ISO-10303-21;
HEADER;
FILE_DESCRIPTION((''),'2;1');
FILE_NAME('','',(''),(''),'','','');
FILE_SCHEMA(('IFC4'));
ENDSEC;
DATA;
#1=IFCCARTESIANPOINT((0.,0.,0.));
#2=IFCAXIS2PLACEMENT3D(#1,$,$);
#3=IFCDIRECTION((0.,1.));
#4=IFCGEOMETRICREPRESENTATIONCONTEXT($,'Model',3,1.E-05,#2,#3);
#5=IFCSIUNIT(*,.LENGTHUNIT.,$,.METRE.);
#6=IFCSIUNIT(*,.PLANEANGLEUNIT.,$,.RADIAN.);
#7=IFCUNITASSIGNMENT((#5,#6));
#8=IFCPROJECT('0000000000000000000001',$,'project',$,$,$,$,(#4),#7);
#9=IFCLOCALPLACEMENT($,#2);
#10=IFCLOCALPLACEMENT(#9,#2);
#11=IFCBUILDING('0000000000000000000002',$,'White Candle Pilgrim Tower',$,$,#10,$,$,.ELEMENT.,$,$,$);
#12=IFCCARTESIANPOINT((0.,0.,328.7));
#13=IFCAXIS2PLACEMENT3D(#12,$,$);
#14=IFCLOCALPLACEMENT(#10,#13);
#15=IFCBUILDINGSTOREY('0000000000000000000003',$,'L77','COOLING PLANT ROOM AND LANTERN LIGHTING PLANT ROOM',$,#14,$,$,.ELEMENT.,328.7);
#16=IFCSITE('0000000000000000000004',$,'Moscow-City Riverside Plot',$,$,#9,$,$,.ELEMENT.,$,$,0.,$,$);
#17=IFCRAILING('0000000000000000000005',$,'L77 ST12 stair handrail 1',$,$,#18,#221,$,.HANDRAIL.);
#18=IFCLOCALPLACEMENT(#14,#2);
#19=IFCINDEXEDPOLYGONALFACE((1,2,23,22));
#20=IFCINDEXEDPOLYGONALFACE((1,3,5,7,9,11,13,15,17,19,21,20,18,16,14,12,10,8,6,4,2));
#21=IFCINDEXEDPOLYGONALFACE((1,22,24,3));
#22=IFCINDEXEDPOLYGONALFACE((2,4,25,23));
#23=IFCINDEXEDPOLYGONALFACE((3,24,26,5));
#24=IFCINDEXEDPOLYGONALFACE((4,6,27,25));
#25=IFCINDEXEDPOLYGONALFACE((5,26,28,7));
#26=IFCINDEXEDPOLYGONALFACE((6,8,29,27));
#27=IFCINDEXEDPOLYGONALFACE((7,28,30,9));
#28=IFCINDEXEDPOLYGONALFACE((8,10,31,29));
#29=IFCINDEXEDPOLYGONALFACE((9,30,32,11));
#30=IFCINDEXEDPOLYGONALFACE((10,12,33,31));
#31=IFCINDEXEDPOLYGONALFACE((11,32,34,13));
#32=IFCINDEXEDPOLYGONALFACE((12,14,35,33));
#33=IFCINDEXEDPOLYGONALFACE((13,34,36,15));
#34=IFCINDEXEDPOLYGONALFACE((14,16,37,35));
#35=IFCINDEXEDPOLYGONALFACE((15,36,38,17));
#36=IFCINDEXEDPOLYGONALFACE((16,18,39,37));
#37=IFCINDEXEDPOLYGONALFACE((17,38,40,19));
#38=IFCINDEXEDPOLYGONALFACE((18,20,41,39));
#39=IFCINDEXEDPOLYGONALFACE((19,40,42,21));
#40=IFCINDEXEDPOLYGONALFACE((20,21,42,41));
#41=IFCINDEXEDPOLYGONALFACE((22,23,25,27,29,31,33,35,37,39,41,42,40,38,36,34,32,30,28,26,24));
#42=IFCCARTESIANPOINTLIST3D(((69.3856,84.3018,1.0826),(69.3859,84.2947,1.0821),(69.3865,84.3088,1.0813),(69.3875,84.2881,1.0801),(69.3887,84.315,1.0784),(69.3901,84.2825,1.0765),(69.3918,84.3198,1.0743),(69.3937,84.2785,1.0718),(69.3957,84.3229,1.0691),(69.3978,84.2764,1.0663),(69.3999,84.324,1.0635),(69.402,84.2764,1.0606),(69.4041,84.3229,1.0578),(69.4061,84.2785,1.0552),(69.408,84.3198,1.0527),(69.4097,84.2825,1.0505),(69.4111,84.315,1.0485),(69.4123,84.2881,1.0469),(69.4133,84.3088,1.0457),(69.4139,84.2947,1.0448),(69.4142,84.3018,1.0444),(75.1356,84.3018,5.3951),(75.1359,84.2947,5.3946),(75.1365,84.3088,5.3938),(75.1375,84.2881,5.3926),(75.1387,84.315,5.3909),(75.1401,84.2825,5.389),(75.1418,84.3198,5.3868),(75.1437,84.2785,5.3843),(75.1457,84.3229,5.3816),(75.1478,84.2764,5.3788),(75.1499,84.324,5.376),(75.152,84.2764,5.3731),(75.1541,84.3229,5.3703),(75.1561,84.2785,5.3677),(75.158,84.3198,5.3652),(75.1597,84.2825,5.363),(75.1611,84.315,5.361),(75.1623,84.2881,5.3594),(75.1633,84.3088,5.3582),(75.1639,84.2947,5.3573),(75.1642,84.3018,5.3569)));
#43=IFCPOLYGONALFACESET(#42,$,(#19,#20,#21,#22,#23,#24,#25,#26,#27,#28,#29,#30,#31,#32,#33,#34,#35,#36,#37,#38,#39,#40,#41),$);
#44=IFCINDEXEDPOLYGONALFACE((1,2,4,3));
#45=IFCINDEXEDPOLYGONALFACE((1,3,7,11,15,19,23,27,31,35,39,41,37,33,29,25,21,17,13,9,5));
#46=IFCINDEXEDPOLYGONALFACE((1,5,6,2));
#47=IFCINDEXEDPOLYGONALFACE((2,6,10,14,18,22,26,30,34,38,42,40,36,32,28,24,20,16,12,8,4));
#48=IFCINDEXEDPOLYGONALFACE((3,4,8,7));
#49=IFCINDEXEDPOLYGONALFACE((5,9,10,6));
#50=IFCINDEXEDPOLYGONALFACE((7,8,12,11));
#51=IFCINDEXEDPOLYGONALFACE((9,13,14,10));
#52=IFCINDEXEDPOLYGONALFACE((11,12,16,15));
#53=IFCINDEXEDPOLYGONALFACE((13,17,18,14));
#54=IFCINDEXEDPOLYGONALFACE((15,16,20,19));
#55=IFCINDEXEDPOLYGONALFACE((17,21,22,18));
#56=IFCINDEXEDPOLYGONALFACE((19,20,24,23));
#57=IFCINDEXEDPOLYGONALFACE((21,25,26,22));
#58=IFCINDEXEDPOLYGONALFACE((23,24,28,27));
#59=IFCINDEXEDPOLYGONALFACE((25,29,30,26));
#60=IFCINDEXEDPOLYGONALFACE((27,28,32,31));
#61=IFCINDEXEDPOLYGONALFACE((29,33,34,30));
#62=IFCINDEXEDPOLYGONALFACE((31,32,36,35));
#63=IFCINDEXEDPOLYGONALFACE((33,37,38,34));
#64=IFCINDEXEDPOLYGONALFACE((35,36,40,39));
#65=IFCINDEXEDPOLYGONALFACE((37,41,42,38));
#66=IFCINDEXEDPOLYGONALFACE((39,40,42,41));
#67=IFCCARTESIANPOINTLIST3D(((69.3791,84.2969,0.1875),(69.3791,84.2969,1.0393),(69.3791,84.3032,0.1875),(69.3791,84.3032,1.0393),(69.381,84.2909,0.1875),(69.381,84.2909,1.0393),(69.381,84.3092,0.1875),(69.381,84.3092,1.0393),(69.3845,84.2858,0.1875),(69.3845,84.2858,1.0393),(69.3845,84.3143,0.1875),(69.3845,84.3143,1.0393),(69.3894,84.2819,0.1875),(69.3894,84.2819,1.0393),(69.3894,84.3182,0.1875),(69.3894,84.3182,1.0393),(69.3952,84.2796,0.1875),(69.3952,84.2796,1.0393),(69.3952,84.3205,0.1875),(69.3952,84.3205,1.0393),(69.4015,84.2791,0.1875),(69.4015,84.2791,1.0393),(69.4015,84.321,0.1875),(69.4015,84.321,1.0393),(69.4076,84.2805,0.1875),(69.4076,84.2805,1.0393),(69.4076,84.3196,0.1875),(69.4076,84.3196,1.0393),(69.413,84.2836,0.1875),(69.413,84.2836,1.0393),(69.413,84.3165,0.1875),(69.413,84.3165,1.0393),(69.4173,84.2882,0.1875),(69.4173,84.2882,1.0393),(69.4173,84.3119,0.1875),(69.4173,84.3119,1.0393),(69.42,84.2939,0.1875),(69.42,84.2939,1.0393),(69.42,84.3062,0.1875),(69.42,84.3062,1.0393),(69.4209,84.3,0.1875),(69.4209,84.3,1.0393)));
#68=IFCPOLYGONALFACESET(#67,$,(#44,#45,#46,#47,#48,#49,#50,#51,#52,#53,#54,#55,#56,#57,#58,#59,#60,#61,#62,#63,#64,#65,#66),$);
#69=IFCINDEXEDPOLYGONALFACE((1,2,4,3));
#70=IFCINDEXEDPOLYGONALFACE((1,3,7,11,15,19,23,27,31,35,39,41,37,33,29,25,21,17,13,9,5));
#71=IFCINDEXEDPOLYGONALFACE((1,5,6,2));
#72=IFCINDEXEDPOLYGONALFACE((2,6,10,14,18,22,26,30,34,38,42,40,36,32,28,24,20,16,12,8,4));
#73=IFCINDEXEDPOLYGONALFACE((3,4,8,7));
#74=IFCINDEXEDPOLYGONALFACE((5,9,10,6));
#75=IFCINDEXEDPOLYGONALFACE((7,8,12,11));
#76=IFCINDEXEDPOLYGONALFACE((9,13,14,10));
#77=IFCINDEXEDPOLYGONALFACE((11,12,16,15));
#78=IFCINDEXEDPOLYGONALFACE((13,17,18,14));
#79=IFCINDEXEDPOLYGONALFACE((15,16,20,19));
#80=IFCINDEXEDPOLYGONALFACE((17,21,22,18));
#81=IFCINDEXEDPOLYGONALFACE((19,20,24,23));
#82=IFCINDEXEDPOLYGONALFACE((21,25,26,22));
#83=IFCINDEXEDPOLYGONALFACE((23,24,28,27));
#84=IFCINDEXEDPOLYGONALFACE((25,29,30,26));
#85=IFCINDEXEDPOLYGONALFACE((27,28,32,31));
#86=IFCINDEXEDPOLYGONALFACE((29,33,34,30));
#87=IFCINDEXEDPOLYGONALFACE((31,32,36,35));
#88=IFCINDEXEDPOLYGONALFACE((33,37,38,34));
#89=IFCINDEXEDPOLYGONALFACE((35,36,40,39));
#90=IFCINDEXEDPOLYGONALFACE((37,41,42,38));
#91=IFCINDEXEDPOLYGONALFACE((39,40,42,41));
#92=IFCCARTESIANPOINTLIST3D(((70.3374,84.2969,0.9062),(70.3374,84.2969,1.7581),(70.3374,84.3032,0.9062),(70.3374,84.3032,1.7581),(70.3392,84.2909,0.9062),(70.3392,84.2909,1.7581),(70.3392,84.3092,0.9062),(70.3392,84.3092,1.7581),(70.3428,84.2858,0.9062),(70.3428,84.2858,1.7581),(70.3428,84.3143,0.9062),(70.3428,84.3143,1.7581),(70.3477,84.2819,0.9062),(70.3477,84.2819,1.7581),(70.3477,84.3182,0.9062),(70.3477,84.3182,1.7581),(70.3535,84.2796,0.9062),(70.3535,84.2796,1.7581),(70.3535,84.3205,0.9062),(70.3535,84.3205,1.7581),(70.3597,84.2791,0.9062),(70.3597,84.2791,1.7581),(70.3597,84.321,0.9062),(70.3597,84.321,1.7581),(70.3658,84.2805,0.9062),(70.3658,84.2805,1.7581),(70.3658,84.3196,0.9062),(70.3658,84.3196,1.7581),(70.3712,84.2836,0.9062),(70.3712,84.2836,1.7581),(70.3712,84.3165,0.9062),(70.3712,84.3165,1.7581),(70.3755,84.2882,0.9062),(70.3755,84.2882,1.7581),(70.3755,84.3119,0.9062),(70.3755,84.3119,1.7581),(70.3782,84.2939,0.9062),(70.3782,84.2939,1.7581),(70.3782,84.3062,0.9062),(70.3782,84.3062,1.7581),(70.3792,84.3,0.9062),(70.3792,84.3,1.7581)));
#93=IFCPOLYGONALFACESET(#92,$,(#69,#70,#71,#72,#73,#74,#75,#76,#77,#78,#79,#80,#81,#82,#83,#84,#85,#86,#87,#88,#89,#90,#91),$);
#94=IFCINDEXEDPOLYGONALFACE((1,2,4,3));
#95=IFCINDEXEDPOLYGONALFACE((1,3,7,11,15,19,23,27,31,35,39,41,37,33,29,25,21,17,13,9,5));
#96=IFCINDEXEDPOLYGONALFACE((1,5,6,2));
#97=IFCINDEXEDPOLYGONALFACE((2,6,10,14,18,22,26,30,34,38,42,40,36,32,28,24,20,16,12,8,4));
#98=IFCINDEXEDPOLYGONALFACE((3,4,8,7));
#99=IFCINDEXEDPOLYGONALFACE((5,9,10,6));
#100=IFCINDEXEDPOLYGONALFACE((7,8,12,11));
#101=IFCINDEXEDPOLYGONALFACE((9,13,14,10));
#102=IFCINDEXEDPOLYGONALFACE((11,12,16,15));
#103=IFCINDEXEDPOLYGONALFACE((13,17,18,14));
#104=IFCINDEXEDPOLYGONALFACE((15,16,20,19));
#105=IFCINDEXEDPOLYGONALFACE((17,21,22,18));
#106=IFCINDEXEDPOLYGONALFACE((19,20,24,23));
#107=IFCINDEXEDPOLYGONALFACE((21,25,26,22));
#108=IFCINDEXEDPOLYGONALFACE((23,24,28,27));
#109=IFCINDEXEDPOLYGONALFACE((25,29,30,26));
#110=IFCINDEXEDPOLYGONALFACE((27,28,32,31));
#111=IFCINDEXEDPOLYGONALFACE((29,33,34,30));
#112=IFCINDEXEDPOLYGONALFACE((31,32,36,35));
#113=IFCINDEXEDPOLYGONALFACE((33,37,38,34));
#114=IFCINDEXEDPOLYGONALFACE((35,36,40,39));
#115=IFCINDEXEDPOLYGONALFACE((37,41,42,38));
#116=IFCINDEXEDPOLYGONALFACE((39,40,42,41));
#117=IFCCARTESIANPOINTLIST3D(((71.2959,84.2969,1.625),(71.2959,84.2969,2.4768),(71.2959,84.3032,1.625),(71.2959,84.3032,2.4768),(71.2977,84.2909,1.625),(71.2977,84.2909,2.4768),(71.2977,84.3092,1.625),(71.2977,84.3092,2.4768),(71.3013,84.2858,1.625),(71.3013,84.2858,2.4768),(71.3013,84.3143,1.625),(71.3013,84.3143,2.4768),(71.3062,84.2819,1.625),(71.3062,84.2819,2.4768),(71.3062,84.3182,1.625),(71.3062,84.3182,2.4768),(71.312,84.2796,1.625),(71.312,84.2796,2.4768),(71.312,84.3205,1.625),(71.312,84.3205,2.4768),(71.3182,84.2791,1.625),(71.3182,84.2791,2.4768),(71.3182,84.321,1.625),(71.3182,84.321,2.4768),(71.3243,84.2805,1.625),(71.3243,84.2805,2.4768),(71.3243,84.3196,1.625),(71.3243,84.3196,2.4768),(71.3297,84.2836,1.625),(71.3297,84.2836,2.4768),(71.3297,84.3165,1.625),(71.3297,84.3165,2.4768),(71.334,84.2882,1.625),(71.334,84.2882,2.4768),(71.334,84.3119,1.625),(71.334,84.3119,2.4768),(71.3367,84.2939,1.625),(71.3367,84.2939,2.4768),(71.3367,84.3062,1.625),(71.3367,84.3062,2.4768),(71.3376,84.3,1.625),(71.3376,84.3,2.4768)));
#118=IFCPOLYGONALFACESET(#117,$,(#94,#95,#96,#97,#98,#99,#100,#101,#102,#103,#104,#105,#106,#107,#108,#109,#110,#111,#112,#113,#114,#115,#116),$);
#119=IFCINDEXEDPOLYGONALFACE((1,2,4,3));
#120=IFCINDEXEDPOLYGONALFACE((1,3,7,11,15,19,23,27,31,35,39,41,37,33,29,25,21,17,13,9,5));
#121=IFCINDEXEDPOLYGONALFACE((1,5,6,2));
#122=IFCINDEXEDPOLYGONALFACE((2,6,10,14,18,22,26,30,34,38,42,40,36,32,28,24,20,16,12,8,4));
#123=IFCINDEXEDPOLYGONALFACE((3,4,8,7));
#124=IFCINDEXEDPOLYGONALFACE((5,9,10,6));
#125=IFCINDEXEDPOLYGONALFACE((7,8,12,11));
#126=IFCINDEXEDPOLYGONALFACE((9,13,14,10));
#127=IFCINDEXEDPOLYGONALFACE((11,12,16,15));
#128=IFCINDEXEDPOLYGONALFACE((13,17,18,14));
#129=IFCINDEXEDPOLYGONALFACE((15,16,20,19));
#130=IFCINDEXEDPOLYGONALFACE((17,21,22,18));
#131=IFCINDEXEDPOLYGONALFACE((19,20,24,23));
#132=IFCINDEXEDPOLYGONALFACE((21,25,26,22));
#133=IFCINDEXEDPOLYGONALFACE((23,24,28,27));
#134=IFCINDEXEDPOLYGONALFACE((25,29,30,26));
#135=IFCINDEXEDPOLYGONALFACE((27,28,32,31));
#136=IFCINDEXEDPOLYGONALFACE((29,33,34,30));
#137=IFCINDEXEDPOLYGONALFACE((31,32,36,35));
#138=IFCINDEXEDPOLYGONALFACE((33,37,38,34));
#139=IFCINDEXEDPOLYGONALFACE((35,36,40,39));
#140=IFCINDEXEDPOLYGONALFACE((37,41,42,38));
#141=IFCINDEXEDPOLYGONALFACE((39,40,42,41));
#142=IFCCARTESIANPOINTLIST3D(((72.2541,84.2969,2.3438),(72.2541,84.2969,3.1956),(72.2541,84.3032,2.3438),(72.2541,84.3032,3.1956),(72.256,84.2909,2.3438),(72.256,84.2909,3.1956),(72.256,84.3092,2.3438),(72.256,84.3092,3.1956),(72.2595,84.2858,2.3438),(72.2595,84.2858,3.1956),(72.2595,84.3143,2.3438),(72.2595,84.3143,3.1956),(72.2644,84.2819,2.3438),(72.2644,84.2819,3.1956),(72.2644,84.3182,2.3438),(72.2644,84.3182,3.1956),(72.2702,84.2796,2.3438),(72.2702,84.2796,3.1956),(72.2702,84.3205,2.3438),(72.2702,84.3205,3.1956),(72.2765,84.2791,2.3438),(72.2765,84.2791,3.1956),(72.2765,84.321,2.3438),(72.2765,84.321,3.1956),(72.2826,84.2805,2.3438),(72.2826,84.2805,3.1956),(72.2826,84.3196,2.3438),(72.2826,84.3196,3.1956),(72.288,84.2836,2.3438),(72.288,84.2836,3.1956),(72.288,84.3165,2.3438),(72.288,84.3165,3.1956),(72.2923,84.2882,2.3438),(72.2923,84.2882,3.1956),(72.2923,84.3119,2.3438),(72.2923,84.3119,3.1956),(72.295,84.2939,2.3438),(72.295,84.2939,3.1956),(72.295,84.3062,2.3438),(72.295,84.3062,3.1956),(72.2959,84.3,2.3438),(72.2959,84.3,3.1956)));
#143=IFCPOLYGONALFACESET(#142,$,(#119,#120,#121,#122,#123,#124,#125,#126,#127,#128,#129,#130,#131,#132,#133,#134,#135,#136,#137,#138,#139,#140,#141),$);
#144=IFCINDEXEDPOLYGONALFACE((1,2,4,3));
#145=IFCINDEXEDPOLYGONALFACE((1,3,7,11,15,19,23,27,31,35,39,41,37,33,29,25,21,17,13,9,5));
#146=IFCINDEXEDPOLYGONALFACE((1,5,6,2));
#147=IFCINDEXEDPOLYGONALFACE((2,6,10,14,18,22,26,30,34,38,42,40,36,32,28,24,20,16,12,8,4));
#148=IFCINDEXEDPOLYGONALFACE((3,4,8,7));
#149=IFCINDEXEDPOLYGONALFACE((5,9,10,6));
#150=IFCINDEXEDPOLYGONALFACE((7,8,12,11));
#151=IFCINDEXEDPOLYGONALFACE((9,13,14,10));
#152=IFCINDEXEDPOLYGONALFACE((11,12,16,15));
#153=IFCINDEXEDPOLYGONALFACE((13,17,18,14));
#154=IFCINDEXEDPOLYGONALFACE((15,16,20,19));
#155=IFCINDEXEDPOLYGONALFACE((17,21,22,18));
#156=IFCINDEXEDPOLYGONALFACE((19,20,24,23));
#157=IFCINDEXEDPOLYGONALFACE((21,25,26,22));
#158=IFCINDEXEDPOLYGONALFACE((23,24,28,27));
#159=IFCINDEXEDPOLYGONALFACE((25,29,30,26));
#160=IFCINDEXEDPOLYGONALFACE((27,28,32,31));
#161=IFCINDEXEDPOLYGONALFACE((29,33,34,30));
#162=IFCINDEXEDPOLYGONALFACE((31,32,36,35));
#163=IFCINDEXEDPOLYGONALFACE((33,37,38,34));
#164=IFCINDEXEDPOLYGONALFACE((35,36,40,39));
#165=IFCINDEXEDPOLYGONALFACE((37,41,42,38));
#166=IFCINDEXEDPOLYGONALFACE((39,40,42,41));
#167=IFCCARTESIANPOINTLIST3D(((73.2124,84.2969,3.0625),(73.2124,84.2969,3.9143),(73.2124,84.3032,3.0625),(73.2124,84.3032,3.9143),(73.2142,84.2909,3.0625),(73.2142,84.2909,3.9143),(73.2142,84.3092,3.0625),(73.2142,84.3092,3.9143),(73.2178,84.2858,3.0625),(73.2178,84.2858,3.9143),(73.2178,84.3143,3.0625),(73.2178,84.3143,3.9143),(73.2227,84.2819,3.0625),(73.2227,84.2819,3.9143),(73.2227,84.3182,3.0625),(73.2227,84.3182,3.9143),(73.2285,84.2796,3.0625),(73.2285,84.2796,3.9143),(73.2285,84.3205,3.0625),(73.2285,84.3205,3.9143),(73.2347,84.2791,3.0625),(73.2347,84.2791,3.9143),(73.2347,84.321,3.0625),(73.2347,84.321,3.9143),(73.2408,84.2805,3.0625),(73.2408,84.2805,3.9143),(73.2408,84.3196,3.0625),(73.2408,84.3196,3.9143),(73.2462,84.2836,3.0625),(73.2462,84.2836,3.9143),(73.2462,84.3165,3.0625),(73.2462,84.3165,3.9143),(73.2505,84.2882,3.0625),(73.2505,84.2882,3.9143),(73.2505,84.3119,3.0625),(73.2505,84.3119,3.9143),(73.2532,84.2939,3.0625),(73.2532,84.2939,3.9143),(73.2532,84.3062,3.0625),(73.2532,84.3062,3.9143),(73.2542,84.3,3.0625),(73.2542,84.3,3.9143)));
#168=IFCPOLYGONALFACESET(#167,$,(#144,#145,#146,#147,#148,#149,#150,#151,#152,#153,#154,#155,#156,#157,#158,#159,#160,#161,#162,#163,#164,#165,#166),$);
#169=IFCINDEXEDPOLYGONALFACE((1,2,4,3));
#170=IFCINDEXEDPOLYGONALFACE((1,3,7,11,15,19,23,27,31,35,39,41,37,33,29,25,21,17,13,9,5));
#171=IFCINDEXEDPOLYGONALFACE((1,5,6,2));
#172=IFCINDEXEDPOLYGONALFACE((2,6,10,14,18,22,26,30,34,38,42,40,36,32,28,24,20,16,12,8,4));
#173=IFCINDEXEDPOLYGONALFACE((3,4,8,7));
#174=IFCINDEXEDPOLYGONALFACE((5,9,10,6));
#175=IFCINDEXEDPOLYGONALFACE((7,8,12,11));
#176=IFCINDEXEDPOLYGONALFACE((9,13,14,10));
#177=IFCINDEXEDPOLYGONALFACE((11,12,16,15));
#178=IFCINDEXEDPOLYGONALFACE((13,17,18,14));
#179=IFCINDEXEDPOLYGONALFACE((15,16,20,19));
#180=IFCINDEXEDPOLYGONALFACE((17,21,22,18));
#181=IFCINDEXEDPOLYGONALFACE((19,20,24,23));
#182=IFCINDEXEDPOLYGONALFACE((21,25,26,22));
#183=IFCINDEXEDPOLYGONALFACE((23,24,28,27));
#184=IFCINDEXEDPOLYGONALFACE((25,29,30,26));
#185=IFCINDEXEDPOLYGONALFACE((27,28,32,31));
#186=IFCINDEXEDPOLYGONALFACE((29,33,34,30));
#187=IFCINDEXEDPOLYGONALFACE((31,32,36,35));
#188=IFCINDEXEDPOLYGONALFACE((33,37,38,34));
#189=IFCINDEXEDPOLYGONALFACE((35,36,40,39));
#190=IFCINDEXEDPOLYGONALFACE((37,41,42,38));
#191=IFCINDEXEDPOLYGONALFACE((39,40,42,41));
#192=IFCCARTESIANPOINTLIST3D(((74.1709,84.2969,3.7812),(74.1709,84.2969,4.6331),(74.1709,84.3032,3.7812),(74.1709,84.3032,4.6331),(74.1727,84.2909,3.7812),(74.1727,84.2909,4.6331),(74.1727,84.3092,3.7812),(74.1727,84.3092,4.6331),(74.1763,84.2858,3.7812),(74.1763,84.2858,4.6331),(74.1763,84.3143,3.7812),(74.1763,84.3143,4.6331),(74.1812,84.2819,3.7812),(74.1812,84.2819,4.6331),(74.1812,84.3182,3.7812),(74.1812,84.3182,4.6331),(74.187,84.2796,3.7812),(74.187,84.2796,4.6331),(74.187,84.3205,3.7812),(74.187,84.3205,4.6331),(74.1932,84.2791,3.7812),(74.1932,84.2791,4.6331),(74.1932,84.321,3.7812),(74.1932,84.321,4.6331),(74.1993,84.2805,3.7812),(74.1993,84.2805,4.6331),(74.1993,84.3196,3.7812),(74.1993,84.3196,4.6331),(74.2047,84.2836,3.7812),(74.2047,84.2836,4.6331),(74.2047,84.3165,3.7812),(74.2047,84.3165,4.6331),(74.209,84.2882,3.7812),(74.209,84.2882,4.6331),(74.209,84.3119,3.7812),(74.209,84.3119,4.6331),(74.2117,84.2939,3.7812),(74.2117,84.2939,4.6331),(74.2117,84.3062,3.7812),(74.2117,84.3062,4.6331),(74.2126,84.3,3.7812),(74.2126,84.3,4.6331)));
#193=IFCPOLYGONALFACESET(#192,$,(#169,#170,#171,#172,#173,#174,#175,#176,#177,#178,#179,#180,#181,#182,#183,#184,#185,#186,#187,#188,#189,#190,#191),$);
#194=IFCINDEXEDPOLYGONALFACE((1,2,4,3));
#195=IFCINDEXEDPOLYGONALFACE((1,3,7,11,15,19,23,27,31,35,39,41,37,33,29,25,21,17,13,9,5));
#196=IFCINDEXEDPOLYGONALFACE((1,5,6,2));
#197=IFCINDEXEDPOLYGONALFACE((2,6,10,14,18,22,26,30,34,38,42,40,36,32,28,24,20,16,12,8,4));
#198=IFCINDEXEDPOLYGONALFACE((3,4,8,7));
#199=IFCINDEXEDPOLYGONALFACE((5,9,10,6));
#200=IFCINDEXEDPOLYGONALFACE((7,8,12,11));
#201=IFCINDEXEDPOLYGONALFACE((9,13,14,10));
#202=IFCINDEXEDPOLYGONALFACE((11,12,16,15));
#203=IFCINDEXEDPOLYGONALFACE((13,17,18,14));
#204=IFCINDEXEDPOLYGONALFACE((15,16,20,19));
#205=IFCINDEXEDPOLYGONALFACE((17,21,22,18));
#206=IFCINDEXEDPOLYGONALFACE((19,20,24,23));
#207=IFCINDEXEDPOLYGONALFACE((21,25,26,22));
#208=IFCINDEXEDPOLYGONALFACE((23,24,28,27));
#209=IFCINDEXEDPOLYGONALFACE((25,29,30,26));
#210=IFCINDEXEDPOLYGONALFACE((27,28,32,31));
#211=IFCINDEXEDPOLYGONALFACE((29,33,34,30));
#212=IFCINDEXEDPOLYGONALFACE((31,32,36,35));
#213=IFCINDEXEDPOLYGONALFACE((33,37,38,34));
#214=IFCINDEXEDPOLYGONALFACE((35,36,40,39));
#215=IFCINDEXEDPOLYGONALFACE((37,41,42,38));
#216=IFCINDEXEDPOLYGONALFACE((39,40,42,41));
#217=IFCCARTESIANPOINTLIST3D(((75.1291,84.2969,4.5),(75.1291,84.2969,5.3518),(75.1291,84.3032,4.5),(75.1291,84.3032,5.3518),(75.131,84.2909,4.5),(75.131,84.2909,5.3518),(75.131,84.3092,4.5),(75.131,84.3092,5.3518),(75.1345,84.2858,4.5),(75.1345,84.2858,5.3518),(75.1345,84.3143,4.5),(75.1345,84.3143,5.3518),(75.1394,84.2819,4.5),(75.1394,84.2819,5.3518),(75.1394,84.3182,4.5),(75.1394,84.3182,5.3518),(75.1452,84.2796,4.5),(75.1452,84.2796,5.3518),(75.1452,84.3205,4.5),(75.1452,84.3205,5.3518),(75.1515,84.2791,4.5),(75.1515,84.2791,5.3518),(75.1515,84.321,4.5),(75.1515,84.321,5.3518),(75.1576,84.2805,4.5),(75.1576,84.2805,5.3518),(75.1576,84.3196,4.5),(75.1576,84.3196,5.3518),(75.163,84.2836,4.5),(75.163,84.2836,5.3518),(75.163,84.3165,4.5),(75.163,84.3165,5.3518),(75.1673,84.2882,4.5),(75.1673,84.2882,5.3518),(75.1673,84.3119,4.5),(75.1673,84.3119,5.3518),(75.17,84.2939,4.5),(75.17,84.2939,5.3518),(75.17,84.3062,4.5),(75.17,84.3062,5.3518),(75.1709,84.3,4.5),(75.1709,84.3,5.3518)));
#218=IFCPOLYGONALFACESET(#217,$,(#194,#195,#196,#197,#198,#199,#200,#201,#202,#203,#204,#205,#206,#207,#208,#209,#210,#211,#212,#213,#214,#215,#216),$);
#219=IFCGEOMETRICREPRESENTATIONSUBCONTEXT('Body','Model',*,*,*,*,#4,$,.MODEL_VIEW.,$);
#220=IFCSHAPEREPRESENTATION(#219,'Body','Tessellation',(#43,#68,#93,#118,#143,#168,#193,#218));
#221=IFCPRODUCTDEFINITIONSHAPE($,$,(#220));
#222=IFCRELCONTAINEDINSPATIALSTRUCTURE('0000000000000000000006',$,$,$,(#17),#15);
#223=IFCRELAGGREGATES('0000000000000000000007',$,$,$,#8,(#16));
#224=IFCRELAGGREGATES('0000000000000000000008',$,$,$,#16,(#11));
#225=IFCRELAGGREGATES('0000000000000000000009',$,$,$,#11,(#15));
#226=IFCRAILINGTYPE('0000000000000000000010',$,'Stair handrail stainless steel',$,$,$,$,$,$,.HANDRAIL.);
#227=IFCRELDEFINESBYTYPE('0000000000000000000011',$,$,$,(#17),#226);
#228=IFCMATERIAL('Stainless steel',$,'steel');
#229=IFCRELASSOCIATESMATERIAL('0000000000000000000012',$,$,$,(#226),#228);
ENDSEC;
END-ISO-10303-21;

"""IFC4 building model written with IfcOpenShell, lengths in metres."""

from ifc_helpers import new_model, si_unit, direction, frame, origin, origin_2d, place, context, subcontext, project, spatial, circle, extrude, material, type_object, element, save


model = new_model("IFC4")

# Units and contexts
model_context = context("Model", 3, precision=1e-05, world=origin(), true_north=direction((0.0, 1.0)))
body_context = subcontext(model_context, "Body", "Model", "MODEL_VIEW")
ifc_project = project(units=[si_unit("LENGTHUNIT", "METRE"), si_unit("PLANEANGLEUNIT", "RADIAN")], contexts=[model_context])

# Site, building, storey
site_placement = place(None, origin())
site = spatial("IfcSite", under=ifc_project, at=site_placement, Name="Moscow-City Riverside Plot", CompositionType="ELEMENT", RefElevation=0.0)
building_placement = place(site_placement, origin())
building = spatial("IfcBuilding", under=site, at=building_placement, Name="White Candle Pilgrim Tower", CompositionType="ELEMENT")
storey_placement = place(building_placement, frame((0.0, 0.0, 328.7)))
storey = spatial("IfcBuildingStorey", under=building, at=storey_placement, Name="L77", Description="COOLING PLANT ROOM AND LANTERN LIGHTING PLANT ROOM", CompositionType="ELEMENT", Elevation=328.7)

# Railing
ifc_material_1 = material(Name="Stainless steel", Category="steel")
railing_type_1 = type_object("IfcRailingType", Name="Stair handrail stainless steel", PredefinedType="HANDRAIL", material=ifc_material_1)
railing_1_placement = place(storey_placement, frame((69.3999, 84.3, 0.1875)))
element("IfcRailing", 1, at=railing_1_placement, inside=storey, type_object=railing_type_1, Name="L77 ST12 stair handrail 1", PredefinedType="HANDRAIL", context=body_context, shape_type="SweptSolid", body=[
    extrude(circle(Radius=0.0239, at=origin_2d()), frame((0.0, 0.0, 0.876), z_axis=(0.8, 0.0, 0.6), x_axis=(0.0, 1.0, 0.0)), (0.0, 0.0, 1.0), 7.1875),
    extrude(circle(Radius=0.021, at=origin_2d()), origin(), (0.0, 0.0, 1.0), 0.8518),
    extrude(circle(Radius=0.021, at=origin_2d()), frame((0.9583, 0.0, 0.7188)), (0.0, 0.0, 1.0), 0.8518),
    extrude(circle(Radius=0.021, at=origin_2d()), frame((1.9167, 0.0, 1.4375)), (0.0, 0.0, 1.0), 0.8518),
    extrude(circle(Radius=0.021, at=origin_2d()), frame((2.875, 0.0, 2.1562)), (0.0, 0.0, 1.0), 0.8518),
    extrude(circle(Radius=0.021, at=origin_2d()), frame((3.8333, 0.0, 2.875)), (0.0, 0.0, 1.0), 0.8518),
    extrude(circle(Radius=0.021, at=origin_2d()), frame((4.7917, 0.0, 3.5938)), (0.0, 0.0, 1.0), 0.8518),
    extrude(circle(Radius=0.021, at=origin_2d()), frame((5.75, 0.0, 4.3125)), (0.0, 0.0, 1.0), 0.8518),
])

save(model, "model.ifc")
